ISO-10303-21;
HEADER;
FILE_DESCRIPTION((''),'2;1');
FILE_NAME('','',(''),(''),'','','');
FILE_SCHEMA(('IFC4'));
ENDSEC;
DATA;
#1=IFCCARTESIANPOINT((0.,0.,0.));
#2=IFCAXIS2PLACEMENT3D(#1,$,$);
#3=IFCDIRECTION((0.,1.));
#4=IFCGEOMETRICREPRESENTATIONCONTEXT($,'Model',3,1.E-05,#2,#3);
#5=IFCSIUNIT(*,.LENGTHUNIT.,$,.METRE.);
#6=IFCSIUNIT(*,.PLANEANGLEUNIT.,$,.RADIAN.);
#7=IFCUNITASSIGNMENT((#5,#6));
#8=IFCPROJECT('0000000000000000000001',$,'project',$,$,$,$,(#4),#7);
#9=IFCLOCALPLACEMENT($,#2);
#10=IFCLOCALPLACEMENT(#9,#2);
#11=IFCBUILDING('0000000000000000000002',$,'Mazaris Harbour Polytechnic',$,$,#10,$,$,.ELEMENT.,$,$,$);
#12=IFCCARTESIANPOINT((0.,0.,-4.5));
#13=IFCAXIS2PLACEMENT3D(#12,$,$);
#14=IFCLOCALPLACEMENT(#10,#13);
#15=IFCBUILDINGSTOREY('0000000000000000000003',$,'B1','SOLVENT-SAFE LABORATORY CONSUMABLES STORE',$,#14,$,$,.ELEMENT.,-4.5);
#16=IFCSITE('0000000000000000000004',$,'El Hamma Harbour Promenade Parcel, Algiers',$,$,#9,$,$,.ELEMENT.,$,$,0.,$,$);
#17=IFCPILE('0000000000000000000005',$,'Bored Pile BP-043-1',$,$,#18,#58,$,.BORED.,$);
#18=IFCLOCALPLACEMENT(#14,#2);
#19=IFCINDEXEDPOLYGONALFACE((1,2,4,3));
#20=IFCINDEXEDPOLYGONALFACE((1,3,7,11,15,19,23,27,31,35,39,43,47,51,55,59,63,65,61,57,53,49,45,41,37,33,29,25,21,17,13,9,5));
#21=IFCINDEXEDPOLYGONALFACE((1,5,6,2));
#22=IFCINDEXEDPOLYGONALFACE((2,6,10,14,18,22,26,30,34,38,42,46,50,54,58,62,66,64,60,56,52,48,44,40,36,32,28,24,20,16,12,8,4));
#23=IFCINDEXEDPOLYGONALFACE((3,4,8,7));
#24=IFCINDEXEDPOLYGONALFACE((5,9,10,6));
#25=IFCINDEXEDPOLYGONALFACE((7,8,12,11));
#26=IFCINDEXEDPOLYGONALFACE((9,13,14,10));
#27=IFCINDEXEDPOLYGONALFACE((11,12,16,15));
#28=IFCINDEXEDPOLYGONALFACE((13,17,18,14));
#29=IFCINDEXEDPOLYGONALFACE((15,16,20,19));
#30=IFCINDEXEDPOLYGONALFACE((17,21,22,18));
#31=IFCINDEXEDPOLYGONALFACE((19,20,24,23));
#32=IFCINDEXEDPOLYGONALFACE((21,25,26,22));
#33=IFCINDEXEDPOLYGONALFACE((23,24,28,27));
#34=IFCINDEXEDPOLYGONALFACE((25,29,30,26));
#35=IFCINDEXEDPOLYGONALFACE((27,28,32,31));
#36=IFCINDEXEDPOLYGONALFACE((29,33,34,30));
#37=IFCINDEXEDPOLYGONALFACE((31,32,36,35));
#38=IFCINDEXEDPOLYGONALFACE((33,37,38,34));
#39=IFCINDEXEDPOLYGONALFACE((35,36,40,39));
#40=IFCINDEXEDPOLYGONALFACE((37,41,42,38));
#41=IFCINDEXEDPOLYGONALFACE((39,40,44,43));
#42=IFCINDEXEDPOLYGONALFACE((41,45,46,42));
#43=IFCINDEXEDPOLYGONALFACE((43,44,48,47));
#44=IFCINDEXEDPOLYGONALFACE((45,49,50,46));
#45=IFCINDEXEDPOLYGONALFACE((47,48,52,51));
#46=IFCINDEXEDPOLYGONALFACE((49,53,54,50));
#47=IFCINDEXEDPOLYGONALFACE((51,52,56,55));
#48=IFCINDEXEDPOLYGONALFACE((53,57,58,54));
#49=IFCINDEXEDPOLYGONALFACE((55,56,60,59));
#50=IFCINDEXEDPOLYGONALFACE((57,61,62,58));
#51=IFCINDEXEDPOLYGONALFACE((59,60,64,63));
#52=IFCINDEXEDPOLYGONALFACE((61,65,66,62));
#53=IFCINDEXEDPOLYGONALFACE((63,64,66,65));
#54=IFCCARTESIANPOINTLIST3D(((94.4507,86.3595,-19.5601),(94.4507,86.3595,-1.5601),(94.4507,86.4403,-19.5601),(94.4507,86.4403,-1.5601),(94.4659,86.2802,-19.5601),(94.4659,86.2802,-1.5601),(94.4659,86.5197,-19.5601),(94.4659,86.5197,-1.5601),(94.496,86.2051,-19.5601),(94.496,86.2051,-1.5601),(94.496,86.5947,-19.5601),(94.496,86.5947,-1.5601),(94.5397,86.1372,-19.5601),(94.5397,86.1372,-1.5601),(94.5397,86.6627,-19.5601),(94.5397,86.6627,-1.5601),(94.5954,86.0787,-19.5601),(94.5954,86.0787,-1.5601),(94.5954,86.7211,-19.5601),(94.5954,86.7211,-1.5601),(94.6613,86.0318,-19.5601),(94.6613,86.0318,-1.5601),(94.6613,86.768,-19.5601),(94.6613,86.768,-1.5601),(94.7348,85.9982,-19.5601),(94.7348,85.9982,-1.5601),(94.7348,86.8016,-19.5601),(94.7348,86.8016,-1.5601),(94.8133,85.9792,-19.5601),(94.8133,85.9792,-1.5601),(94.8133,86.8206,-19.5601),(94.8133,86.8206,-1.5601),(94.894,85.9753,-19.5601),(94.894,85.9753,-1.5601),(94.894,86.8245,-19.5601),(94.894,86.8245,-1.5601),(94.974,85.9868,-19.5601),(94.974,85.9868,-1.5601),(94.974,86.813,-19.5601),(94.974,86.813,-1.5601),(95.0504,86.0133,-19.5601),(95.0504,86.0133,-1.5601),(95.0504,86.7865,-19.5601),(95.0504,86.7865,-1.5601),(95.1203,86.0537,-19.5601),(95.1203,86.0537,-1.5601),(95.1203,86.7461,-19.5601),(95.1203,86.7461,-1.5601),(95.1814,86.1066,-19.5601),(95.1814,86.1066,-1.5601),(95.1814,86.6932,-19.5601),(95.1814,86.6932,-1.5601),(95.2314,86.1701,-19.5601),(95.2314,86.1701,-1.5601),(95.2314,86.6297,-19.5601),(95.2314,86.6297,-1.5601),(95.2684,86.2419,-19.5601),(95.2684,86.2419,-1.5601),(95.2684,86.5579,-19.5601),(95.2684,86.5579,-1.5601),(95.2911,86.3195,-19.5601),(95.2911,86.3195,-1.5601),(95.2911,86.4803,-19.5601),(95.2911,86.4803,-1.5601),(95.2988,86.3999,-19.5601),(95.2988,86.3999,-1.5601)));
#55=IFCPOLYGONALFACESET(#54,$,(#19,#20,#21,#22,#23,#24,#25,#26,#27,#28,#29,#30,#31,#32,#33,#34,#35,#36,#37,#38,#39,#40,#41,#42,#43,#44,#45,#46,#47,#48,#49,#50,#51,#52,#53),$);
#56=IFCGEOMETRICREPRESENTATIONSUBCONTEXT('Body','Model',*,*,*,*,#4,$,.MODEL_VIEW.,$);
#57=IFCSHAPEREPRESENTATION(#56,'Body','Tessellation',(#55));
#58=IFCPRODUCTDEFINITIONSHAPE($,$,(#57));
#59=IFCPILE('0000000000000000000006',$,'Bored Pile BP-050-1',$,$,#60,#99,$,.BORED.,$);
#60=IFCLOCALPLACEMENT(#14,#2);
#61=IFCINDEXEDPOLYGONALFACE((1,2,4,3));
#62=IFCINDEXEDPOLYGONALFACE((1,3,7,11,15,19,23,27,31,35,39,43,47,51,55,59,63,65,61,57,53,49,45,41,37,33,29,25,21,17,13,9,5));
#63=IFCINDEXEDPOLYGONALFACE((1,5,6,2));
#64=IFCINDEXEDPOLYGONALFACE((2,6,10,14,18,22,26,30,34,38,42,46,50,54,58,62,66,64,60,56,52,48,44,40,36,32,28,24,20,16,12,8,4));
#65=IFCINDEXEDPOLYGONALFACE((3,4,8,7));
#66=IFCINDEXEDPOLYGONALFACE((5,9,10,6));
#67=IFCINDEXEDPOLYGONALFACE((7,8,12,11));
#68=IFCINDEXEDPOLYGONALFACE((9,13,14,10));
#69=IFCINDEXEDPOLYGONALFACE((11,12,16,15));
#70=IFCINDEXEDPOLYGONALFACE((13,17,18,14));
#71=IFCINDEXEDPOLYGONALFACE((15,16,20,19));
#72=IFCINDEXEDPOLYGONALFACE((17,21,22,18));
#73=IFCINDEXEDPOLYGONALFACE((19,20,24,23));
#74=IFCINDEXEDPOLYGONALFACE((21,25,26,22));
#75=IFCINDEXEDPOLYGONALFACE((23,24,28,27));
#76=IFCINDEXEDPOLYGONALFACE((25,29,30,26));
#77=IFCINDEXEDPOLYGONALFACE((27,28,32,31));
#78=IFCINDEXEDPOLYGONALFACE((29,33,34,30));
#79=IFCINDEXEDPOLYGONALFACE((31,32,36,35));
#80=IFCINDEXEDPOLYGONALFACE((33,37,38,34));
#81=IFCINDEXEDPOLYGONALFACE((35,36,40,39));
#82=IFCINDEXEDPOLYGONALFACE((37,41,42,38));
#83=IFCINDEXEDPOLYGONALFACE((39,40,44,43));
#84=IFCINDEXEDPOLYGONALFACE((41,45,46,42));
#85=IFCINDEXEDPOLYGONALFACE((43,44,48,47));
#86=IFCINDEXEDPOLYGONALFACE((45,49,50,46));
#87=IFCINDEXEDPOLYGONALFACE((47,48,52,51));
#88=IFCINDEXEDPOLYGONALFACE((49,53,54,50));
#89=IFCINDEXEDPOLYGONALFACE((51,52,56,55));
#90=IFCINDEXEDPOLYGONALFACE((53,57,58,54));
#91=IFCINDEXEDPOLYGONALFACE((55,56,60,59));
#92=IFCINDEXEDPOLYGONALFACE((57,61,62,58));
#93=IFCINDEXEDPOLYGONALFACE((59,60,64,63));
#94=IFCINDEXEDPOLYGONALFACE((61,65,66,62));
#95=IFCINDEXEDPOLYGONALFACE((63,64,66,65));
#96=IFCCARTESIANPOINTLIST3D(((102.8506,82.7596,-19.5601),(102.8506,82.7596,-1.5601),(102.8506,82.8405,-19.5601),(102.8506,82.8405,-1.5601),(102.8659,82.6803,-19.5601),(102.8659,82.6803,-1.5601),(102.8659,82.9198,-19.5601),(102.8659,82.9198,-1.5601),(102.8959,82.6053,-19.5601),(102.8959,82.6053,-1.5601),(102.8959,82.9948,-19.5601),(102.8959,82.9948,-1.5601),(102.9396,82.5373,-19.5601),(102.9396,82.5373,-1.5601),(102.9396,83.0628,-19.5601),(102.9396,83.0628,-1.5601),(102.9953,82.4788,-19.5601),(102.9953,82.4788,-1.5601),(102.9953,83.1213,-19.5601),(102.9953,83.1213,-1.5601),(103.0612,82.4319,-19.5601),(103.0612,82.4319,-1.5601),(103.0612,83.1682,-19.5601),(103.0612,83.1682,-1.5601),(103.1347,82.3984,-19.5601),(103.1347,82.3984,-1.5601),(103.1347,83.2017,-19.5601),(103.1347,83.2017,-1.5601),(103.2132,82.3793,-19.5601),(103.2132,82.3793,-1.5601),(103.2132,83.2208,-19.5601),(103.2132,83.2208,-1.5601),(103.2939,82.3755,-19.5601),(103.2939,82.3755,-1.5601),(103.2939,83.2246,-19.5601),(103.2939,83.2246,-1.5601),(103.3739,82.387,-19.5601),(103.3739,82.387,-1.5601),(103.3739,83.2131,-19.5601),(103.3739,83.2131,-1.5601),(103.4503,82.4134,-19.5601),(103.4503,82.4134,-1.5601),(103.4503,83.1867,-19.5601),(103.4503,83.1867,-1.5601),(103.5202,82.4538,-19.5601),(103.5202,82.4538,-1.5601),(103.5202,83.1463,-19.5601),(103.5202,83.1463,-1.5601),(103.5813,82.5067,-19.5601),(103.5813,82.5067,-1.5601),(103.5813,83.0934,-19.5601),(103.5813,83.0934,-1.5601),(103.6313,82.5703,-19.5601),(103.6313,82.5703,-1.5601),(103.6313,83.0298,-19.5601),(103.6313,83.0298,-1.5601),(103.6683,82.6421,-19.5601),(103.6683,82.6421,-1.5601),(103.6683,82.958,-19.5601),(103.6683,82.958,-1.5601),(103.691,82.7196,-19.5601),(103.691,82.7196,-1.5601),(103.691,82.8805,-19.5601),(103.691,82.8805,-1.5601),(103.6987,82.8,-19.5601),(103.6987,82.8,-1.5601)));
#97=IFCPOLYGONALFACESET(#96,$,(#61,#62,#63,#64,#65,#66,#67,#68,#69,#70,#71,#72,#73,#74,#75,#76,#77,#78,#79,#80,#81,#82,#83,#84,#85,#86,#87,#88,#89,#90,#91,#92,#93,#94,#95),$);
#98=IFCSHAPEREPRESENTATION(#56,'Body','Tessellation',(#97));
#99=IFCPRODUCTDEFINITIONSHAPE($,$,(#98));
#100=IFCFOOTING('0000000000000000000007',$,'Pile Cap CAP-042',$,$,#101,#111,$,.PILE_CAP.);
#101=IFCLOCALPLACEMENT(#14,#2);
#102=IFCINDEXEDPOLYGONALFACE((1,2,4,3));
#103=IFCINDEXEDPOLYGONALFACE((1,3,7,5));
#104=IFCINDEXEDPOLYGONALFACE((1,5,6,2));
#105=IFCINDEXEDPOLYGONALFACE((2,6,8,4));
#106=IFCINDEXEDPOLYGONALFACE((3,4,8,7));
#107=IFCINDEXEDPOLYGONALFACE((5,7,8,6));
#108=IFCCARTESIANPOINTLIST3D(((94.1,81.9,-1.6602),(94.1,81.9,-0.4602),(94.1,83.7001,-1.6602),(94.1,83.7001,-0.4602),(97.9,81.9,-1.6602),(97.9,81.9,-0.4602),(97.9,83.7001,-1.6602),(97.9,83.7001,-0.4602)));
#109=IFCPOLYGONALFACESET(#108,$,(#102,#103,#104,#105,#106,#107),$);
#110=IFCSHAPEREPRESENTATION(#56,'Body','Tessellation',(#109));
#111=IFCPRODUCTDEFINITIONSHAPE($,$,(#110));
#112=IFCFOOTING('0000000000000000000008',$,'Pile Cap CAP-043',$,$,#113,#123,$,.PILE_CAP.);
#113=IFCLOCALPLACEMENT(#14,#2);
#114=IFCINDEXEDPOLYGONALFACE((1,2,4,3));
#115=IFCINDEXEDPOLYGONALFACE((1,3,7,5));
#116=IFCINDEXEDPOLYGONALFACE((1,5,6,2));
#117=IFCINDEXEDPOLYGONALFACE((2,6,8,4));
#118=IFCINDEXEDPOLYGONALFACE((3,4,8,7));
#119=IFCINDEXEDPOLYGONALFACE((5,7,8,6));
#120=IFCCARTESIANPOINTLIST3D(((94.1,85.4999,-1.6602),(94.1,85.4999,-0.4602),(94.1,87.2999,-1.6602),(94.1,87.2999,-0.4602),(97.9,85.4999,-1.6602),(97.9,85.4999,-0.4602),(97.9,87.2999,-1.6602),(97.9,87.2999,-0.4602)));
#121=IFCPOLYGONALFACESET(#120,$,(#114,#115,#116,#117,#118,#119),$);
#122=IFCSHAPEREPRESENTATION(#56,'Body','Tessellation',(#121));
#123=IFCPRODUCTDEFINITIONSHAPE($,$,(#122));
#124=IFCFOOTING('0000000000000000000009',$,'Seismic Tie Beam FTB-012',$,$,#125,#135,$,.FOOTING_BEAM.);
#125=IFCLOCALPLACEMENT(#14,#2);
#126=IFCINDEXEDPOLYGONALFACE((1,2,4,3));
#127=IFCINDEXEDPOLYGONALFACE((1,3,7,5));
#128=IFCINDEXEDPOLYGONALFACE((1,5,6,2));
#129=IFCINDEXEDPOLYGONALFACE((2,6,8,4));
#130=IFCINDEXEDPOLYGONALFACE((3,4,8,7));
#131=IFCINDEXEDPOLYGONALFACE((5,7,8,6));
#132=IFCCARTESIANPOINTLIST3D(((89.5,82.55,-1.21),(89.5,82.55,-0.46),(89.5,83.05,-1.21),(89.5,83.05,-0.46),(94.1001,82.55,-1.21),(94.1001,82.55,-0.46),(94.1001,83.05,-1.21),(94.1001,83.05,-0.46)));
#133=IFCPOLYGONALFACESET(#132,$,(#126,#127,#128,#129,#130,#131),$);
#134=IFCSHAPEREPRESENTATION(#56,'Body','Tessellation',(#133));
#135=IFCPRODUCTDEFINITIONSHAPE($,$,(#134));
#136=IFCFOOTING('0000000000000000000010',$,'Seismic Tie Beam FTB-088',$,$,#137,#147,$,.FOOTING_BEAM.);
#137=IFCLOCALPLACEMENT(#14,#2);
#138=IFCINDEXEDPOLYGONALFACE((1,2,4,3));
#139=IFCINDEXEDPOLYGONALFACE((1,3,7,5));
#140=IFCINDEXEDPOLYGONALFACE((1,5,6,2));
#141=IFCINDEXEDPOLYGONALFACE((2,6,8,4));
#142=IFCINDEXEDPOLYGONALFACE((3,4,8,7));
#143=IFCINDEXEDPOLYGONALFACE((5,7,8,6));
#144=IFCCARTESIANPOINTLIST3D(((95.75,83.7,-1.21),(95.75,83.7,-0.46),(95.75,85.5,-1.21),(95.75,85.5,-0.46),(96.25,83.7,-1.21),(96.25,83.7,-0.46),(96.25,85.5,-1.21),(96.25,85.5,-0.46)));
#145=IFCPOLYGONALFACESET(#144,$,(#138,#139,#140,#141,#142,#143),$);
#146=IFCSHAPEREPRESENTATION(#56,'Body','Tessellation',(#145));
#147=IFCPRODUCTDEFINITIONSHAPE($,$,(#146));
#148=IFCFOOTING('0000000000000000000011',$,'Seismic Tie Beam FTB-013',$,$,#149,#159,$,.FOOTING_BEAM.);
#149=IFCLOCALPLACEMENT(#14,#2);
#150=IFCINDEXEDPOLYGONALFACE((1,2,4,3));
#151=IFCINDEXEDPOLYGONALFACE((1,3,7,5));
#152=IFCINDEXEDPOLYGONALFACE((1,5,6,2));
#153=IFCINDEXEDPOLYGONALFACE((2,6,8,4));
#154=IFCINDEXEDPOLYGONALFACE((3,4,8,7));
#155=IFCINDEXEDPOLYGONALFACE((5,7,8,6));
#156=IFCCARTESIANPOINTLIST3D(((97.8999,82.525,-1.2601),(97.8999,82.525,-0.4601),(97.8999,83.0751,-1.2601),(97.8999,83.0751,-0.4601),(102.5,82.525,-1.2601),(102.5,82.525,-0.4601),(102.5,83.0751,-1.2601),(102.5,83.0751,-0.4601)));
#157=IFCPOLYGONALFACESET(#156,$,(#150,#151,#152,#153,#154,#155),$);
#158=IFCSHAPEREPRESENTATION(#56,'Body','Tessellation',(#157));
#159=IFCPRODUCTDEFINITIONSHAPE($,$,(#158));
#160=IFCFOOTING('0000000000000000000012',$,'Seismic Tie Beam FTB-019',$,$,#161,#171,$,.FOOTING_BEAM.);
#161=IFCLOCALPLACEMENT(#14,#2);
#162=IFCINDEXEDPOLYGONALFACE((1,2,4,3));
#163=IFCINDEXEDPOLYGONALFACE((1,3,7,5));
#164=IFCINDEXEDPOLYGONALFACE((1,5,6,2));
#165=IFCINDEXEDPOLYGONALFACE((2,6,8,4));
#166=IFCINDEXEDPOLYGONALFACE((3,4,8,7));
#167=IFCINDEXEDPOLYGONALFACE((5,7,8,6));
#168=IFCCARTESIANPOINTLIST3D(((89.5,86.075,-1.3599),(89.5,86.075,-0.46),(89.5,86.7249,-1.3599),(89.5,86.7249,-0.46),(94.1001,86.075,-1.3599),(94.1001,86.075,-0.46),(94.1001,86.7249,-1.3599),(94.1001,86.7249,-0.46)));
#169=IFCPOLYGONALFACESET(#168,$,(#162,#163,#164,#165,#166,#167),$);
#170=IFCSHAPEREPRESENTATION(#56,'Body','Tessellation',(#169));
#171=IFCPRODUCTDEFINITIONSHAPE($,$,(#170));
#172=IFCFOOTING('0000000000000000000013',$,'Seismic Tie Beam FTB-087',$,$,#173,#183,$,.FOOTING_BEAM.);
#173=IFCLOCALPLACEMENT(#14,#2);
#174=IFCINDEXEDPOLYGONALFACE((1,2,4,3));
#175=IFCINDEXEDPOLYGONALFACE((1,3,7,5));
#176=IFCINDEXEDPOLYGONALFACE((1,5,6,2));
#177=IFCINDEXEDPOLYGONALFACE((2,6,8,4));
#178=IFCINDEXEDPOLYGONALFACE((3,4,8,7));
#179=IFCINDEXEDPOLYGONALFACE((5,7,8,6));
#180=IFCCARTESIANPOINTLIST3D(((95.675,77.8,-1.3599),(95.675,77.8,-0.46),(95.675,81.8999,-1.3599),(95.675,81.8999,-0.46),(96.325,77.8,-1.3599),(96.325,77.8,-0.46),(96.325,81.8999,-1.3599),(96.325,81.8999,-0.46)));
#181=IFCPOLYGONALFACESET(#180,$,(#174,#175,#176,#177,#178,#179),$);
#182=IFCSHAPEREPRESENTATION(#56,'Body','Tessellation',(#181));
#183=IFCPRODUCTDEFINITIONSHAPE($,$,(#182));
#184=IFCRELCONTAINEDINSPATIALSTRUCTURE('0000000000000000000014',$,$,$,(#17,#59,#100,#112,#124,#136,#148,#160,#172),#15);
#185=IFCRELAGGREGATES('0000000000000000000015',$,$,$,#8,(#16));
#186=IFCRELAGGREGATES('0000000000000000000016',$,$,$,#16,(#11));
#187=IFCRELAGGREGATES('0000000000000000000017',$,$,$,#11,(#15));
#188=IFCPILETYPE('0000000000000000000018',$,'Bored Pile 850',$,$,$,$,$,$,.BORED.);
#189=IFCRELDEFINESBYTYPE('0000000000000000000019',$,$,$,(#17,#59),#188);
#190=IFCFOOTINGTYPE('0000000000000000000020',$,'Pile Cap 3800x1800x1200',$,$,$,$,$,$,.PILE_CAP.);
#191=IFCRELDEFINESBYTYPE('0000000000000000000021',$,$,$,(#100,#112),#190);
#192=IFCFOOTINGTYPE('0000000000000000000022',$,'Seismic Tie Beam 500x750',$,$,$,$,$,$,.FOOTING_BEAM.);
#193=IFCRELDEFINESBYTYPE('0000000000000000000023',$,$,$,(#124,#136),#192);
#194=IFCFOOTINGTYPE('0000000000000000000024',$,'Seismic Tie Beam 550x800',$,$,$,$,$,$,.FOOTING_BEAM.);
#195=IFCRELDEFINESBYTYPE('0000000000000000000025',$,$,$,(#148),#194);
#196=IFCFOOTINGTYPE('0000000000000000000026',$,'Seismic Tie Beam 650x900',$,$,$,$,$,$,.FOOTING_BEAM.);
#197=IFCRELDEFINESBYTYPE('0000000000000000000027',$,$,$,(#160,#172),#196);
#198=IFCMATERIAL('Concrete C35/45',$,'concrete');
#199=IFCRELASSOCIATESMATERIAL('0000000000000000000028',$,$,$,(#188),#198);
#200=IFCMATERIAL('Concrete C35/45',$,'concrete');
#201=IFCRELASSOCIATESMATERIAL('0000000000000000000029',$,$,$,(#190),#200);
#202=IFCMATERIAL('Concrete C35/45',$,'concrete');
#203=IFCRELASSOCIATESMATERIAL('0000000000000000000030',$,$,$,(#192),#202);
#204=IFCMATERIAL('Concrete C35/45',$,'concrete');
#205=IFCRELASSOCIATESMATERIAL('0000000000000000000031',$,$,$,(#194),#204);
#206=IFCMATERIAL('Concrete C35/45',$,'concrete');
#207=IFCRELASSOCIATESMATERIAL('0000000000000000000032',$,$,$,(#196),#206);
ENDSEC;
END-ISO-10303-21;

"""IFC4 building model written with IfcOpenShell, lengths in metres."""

from ifc_helpers import new_model, si_unit, direction, frame, origin, origin_2d, place, context, subcontext, project, spatial, rectangle, circle, extrude, material, material_profile, profile_set, type_object, element, save


model = new_model("IFC4")

# Units and contexts
model_context = context("Model", 3, precision=1e-05, world=origin(), true_north=direction((0.0, 1.0)))
body_context = subcontext(model_context, "Body", "Model", "MODEL_VIEW")
ifc_project = project(units=[si_unit("LENGTHUNIT", "METRE"), si_unit("PLANEANGLEUNIT", "RADIAN")], contexts=[model_context])

# Site, building, storey
site_placement = place(None, origin())
site = spatial("IfcSite", under=ifc_project, at=site_placement, Name="El Hamma Harbour Promenade Parcel, Algiers", CompositionType="ELEMENT", RefElevation=0.0)
building_placement = place(site_placement, origin())
building = spatial("IfcBuilding", under=site, at=building_placement, Name="Mazaris Harbour Polytechnic", CompositionType="ELEMENT")
storey_placement = place(building_placement, frame((0.0, 0.0, -4.5)))
storey = spatial("IfcBuildingStorey", under=building, at=storey_placement, Name="B1", Description="SOLVENT-SAFE LABORATORY CONSUMABLES STORE", CompositionType="ELEMENT", Elevation=-4.5)

# Piles
ifc_material_1 = material(Name="Concrete C35/45", Category="concrete")
ifc_material_profile_1 = material_profile(ifc_material_1, circle(Radius=0.425, at=origin_2d()), Name="DIA850")
ifc_profile_set_1 = profile_set([ifc_material_profile_1], Name="Concrete C35/45")
pile_type_1 = type_object("IfcPileType", Name="Bored Pile 850", PredefinedType="BORED", material=ifc_profile_set_1)
for number, where, z_axis, x_axis, name in (
    (1, (94.8738, 86.3999, -1.5601), (0.0, 0.0, -1.0), (1.0, 0.0, 0.0), "Bored Pile BP-043-1"),
    (2, (103.2737, 82.8, -1.5601), (0.0, 0.0, -1.0), (1.0, 0.0, 0.0), "Bored Pile BP-050-1"),
):
    element("IfcPile", number, at=place(storey_placement, frame(where, z_axis=z_axis, x_axis=x_axis)), inside=storey, type_object=pile_type_1, Name=name, PredefinedType="BORED", context=body_context, shape_type="SweptSolid", body=[
        extrude(circle(Radius=0.425, at=origin_2d()), origin(), (0.0, 0.0, 1.0), 18.0),
    ])

# Footings
ifc_material_2 = material(Name="Concrete C35/45", Category="concrete")
footing_type_1 = type_object("IfcFootingType", Name="Pile Cap 3800x1800x1200", PredefinedType="PILE_CAP", material=ifc_material_2)
for number, where, z_axis, x_axis, name in (
    (3, (96.0, 82.8, -1.6602), (0.0, 0.0, 1.0), (1.0, 0.0, 0.0), "Pile Cap CAP-042"),
    (4, (96.0, 86.3999, -1.6602), (0.0, 0.0, 1.0), (1.0, 0.0, 0.0), "Pile Cap CAP-043"),
):
    element("IfcFooting", number, at=place(storey_placement, frame(where, z_axis=z_axis, x_axis=x_axis)), inside=storey, type_object=footing_type_1, Name=name, PredefinedType="PILE_CAP", context=body_context, shape_type="SweptSolid", body=[
        extrude(rectangle(XDim=3.8, YDim=1.8, at=origin_2d()), origin(), (0.0, 0.0, 1.0), 1.2),
    ])
ifc_material_3 = material(Name="Concrete C35/45", Category="concrete")
ifc_material_profile_2 = material_profile(ifc_material_3, rectangle(XDim=0.5, YDim=0.75, at=origin_2d()), Name="RECT500x750")
ifc_profile_set_2 = profile_set([ifc_material_profile_2], Name="Concrete C35/45")
footing_type_2 = type_object("IfcFootingType", Name="Seismic Tie Beam 500x750", PredefinedType="FOOTING_BEAM", material=ifc_profile_set_2)
footing_1_placement = place(storey_placement, frame((89.5, 82.8, -0.835), z_axis=(1.0, 0.0, 0.0), x_axis=(0.0, 1.0, 0.0)))
element("IfcFooting", 5, at=footing_1_placement, inside=storey, type_object=footing_type_2, Name="Seismic Tie Beam FTB-012", PredefinedType="FOOTING_BEAM", context=body_context, shape_type="SweptSolid", body=[
    extrude(rectangle(XDim=0.5, YDim=0.75, at=origin_2d()), origin(), (0.0, 0.0, 1.0), 4.6001),
])
footing_2_placement = place(storey_placement, frame((96.0, 83.7, -0.835), z_axis=(0.0, 1.0, 0.0), x_axis=(-1.0, 0.0, 0.0)))
element("IfcFooting", 6, at=footing_2_placement, inside=storey, type_object=footing_type_2, Name="Seismic Tie Beam FTB-088", PredefinedType="FOOTING_BEAM", context=body_context, shape_type="SweptSolid", body=[
    extrude(rectangle(XDim=0.5, YDim=0.75, at=origin_2d()), origin(), (0.0, 0.0, 1.0), 1.8),
])
ifc_material_4 = material(Name="Concrete C35/45", Category="concrete")
ifc_material_profile_3 = material_profile(ifc_material_4, rectangle(XDim=0.55, YDim=0.8, at=origin_2d()), Name="RECT550x800")
ifc_profile_set_3 = profile_set([ifc_material_profile_3], Name="Concrete C35/45")
footing_type_3 = type_object("IfcFootingType", Name="Seismic Tie Beam 550x800", PredefinedType="FOOTING_BEAM", material=ifc_profile_set_3)
footing_3_placement = place(storey_placement, frame((97.8999, 82.8, -0.8601), z_axis=(1.0, 0.0, 0.0), x_axis=(0.0, 1.0, 0.0)))
element("IfcFooting", 7, at=footing_3_placement, inside=storey, type_object=footing_type_3, Name="Seismic Tie Beam FTB-013", PredefinedType="FOOTING_BEAM", context=body_context, shape_type="SweptSolid", body=[
    extrude(rectangle(XDim=0.55, YDim=0.8, at=origin_2d()), origin(), (0.0, 0.0, 1.0), 4.6001),
])
ifc_material_5 = material(Name="Concrete C35/45", Category="concrete")
ifc_material_profile_4 = material_profile(ifc_material_5, rectangle(XDim=0.6499, YDim=0.8999, at=origin_2d()), Name="RECT650x900")
ifc_profile_set_4 = profile_set([ifc_material_profile_4], Name="Concrete C35/45")
footing_type_4 = type_object("IfcFootingType", Name="Seismic Tie Beam 650x900", PredefinedType="FOOTING_BEAM", material=ifc_profile_set_4)
footing_4_placement = place(storey_placement, frame((89.5, 86.3999, -0.9099), z_axis=(1.0, 0.0, 0.0), x_axis=(0.0, 1.0, 0.0)))
element("IfcFooting", 8, at=footing_4_placement, inside=storey, type_object=footing_type_4, Name="Seismic Tie Beam FTB-019", PredefinedType="FOOTING_BEAM", context=body_context, shape_type="SweptSolid", body=[
    extrude(rectangle(XDim=0.6499, YDim=0.8999, at=origin_2d()), origin(), (0.0, 0.0, 1.0), 4.6001),
])
footing_5_placement = place(storey_placement, frame((96.0, 77.8, -0.9099), z_axis=(0.0, 1.0, 0.0), x_axis=(-1.0, 0.0, 0.0)))
element("IfcFooting", 9, at=footing_5_placement, inside=storey, type_object=footing_type_4, Name="Seismic Tie Beam FTB-087", PredefinedType="FOOTING_BEAM", context=body_context, shape_type="SweptSolid", body=[
    extrude(rectangle(XDim=0.6499, YDim=0.8999, at=origin_2d()), origin(), (0.0, 0.0, 1.0), 4.0999),
])

save(model, "model.ifc")
